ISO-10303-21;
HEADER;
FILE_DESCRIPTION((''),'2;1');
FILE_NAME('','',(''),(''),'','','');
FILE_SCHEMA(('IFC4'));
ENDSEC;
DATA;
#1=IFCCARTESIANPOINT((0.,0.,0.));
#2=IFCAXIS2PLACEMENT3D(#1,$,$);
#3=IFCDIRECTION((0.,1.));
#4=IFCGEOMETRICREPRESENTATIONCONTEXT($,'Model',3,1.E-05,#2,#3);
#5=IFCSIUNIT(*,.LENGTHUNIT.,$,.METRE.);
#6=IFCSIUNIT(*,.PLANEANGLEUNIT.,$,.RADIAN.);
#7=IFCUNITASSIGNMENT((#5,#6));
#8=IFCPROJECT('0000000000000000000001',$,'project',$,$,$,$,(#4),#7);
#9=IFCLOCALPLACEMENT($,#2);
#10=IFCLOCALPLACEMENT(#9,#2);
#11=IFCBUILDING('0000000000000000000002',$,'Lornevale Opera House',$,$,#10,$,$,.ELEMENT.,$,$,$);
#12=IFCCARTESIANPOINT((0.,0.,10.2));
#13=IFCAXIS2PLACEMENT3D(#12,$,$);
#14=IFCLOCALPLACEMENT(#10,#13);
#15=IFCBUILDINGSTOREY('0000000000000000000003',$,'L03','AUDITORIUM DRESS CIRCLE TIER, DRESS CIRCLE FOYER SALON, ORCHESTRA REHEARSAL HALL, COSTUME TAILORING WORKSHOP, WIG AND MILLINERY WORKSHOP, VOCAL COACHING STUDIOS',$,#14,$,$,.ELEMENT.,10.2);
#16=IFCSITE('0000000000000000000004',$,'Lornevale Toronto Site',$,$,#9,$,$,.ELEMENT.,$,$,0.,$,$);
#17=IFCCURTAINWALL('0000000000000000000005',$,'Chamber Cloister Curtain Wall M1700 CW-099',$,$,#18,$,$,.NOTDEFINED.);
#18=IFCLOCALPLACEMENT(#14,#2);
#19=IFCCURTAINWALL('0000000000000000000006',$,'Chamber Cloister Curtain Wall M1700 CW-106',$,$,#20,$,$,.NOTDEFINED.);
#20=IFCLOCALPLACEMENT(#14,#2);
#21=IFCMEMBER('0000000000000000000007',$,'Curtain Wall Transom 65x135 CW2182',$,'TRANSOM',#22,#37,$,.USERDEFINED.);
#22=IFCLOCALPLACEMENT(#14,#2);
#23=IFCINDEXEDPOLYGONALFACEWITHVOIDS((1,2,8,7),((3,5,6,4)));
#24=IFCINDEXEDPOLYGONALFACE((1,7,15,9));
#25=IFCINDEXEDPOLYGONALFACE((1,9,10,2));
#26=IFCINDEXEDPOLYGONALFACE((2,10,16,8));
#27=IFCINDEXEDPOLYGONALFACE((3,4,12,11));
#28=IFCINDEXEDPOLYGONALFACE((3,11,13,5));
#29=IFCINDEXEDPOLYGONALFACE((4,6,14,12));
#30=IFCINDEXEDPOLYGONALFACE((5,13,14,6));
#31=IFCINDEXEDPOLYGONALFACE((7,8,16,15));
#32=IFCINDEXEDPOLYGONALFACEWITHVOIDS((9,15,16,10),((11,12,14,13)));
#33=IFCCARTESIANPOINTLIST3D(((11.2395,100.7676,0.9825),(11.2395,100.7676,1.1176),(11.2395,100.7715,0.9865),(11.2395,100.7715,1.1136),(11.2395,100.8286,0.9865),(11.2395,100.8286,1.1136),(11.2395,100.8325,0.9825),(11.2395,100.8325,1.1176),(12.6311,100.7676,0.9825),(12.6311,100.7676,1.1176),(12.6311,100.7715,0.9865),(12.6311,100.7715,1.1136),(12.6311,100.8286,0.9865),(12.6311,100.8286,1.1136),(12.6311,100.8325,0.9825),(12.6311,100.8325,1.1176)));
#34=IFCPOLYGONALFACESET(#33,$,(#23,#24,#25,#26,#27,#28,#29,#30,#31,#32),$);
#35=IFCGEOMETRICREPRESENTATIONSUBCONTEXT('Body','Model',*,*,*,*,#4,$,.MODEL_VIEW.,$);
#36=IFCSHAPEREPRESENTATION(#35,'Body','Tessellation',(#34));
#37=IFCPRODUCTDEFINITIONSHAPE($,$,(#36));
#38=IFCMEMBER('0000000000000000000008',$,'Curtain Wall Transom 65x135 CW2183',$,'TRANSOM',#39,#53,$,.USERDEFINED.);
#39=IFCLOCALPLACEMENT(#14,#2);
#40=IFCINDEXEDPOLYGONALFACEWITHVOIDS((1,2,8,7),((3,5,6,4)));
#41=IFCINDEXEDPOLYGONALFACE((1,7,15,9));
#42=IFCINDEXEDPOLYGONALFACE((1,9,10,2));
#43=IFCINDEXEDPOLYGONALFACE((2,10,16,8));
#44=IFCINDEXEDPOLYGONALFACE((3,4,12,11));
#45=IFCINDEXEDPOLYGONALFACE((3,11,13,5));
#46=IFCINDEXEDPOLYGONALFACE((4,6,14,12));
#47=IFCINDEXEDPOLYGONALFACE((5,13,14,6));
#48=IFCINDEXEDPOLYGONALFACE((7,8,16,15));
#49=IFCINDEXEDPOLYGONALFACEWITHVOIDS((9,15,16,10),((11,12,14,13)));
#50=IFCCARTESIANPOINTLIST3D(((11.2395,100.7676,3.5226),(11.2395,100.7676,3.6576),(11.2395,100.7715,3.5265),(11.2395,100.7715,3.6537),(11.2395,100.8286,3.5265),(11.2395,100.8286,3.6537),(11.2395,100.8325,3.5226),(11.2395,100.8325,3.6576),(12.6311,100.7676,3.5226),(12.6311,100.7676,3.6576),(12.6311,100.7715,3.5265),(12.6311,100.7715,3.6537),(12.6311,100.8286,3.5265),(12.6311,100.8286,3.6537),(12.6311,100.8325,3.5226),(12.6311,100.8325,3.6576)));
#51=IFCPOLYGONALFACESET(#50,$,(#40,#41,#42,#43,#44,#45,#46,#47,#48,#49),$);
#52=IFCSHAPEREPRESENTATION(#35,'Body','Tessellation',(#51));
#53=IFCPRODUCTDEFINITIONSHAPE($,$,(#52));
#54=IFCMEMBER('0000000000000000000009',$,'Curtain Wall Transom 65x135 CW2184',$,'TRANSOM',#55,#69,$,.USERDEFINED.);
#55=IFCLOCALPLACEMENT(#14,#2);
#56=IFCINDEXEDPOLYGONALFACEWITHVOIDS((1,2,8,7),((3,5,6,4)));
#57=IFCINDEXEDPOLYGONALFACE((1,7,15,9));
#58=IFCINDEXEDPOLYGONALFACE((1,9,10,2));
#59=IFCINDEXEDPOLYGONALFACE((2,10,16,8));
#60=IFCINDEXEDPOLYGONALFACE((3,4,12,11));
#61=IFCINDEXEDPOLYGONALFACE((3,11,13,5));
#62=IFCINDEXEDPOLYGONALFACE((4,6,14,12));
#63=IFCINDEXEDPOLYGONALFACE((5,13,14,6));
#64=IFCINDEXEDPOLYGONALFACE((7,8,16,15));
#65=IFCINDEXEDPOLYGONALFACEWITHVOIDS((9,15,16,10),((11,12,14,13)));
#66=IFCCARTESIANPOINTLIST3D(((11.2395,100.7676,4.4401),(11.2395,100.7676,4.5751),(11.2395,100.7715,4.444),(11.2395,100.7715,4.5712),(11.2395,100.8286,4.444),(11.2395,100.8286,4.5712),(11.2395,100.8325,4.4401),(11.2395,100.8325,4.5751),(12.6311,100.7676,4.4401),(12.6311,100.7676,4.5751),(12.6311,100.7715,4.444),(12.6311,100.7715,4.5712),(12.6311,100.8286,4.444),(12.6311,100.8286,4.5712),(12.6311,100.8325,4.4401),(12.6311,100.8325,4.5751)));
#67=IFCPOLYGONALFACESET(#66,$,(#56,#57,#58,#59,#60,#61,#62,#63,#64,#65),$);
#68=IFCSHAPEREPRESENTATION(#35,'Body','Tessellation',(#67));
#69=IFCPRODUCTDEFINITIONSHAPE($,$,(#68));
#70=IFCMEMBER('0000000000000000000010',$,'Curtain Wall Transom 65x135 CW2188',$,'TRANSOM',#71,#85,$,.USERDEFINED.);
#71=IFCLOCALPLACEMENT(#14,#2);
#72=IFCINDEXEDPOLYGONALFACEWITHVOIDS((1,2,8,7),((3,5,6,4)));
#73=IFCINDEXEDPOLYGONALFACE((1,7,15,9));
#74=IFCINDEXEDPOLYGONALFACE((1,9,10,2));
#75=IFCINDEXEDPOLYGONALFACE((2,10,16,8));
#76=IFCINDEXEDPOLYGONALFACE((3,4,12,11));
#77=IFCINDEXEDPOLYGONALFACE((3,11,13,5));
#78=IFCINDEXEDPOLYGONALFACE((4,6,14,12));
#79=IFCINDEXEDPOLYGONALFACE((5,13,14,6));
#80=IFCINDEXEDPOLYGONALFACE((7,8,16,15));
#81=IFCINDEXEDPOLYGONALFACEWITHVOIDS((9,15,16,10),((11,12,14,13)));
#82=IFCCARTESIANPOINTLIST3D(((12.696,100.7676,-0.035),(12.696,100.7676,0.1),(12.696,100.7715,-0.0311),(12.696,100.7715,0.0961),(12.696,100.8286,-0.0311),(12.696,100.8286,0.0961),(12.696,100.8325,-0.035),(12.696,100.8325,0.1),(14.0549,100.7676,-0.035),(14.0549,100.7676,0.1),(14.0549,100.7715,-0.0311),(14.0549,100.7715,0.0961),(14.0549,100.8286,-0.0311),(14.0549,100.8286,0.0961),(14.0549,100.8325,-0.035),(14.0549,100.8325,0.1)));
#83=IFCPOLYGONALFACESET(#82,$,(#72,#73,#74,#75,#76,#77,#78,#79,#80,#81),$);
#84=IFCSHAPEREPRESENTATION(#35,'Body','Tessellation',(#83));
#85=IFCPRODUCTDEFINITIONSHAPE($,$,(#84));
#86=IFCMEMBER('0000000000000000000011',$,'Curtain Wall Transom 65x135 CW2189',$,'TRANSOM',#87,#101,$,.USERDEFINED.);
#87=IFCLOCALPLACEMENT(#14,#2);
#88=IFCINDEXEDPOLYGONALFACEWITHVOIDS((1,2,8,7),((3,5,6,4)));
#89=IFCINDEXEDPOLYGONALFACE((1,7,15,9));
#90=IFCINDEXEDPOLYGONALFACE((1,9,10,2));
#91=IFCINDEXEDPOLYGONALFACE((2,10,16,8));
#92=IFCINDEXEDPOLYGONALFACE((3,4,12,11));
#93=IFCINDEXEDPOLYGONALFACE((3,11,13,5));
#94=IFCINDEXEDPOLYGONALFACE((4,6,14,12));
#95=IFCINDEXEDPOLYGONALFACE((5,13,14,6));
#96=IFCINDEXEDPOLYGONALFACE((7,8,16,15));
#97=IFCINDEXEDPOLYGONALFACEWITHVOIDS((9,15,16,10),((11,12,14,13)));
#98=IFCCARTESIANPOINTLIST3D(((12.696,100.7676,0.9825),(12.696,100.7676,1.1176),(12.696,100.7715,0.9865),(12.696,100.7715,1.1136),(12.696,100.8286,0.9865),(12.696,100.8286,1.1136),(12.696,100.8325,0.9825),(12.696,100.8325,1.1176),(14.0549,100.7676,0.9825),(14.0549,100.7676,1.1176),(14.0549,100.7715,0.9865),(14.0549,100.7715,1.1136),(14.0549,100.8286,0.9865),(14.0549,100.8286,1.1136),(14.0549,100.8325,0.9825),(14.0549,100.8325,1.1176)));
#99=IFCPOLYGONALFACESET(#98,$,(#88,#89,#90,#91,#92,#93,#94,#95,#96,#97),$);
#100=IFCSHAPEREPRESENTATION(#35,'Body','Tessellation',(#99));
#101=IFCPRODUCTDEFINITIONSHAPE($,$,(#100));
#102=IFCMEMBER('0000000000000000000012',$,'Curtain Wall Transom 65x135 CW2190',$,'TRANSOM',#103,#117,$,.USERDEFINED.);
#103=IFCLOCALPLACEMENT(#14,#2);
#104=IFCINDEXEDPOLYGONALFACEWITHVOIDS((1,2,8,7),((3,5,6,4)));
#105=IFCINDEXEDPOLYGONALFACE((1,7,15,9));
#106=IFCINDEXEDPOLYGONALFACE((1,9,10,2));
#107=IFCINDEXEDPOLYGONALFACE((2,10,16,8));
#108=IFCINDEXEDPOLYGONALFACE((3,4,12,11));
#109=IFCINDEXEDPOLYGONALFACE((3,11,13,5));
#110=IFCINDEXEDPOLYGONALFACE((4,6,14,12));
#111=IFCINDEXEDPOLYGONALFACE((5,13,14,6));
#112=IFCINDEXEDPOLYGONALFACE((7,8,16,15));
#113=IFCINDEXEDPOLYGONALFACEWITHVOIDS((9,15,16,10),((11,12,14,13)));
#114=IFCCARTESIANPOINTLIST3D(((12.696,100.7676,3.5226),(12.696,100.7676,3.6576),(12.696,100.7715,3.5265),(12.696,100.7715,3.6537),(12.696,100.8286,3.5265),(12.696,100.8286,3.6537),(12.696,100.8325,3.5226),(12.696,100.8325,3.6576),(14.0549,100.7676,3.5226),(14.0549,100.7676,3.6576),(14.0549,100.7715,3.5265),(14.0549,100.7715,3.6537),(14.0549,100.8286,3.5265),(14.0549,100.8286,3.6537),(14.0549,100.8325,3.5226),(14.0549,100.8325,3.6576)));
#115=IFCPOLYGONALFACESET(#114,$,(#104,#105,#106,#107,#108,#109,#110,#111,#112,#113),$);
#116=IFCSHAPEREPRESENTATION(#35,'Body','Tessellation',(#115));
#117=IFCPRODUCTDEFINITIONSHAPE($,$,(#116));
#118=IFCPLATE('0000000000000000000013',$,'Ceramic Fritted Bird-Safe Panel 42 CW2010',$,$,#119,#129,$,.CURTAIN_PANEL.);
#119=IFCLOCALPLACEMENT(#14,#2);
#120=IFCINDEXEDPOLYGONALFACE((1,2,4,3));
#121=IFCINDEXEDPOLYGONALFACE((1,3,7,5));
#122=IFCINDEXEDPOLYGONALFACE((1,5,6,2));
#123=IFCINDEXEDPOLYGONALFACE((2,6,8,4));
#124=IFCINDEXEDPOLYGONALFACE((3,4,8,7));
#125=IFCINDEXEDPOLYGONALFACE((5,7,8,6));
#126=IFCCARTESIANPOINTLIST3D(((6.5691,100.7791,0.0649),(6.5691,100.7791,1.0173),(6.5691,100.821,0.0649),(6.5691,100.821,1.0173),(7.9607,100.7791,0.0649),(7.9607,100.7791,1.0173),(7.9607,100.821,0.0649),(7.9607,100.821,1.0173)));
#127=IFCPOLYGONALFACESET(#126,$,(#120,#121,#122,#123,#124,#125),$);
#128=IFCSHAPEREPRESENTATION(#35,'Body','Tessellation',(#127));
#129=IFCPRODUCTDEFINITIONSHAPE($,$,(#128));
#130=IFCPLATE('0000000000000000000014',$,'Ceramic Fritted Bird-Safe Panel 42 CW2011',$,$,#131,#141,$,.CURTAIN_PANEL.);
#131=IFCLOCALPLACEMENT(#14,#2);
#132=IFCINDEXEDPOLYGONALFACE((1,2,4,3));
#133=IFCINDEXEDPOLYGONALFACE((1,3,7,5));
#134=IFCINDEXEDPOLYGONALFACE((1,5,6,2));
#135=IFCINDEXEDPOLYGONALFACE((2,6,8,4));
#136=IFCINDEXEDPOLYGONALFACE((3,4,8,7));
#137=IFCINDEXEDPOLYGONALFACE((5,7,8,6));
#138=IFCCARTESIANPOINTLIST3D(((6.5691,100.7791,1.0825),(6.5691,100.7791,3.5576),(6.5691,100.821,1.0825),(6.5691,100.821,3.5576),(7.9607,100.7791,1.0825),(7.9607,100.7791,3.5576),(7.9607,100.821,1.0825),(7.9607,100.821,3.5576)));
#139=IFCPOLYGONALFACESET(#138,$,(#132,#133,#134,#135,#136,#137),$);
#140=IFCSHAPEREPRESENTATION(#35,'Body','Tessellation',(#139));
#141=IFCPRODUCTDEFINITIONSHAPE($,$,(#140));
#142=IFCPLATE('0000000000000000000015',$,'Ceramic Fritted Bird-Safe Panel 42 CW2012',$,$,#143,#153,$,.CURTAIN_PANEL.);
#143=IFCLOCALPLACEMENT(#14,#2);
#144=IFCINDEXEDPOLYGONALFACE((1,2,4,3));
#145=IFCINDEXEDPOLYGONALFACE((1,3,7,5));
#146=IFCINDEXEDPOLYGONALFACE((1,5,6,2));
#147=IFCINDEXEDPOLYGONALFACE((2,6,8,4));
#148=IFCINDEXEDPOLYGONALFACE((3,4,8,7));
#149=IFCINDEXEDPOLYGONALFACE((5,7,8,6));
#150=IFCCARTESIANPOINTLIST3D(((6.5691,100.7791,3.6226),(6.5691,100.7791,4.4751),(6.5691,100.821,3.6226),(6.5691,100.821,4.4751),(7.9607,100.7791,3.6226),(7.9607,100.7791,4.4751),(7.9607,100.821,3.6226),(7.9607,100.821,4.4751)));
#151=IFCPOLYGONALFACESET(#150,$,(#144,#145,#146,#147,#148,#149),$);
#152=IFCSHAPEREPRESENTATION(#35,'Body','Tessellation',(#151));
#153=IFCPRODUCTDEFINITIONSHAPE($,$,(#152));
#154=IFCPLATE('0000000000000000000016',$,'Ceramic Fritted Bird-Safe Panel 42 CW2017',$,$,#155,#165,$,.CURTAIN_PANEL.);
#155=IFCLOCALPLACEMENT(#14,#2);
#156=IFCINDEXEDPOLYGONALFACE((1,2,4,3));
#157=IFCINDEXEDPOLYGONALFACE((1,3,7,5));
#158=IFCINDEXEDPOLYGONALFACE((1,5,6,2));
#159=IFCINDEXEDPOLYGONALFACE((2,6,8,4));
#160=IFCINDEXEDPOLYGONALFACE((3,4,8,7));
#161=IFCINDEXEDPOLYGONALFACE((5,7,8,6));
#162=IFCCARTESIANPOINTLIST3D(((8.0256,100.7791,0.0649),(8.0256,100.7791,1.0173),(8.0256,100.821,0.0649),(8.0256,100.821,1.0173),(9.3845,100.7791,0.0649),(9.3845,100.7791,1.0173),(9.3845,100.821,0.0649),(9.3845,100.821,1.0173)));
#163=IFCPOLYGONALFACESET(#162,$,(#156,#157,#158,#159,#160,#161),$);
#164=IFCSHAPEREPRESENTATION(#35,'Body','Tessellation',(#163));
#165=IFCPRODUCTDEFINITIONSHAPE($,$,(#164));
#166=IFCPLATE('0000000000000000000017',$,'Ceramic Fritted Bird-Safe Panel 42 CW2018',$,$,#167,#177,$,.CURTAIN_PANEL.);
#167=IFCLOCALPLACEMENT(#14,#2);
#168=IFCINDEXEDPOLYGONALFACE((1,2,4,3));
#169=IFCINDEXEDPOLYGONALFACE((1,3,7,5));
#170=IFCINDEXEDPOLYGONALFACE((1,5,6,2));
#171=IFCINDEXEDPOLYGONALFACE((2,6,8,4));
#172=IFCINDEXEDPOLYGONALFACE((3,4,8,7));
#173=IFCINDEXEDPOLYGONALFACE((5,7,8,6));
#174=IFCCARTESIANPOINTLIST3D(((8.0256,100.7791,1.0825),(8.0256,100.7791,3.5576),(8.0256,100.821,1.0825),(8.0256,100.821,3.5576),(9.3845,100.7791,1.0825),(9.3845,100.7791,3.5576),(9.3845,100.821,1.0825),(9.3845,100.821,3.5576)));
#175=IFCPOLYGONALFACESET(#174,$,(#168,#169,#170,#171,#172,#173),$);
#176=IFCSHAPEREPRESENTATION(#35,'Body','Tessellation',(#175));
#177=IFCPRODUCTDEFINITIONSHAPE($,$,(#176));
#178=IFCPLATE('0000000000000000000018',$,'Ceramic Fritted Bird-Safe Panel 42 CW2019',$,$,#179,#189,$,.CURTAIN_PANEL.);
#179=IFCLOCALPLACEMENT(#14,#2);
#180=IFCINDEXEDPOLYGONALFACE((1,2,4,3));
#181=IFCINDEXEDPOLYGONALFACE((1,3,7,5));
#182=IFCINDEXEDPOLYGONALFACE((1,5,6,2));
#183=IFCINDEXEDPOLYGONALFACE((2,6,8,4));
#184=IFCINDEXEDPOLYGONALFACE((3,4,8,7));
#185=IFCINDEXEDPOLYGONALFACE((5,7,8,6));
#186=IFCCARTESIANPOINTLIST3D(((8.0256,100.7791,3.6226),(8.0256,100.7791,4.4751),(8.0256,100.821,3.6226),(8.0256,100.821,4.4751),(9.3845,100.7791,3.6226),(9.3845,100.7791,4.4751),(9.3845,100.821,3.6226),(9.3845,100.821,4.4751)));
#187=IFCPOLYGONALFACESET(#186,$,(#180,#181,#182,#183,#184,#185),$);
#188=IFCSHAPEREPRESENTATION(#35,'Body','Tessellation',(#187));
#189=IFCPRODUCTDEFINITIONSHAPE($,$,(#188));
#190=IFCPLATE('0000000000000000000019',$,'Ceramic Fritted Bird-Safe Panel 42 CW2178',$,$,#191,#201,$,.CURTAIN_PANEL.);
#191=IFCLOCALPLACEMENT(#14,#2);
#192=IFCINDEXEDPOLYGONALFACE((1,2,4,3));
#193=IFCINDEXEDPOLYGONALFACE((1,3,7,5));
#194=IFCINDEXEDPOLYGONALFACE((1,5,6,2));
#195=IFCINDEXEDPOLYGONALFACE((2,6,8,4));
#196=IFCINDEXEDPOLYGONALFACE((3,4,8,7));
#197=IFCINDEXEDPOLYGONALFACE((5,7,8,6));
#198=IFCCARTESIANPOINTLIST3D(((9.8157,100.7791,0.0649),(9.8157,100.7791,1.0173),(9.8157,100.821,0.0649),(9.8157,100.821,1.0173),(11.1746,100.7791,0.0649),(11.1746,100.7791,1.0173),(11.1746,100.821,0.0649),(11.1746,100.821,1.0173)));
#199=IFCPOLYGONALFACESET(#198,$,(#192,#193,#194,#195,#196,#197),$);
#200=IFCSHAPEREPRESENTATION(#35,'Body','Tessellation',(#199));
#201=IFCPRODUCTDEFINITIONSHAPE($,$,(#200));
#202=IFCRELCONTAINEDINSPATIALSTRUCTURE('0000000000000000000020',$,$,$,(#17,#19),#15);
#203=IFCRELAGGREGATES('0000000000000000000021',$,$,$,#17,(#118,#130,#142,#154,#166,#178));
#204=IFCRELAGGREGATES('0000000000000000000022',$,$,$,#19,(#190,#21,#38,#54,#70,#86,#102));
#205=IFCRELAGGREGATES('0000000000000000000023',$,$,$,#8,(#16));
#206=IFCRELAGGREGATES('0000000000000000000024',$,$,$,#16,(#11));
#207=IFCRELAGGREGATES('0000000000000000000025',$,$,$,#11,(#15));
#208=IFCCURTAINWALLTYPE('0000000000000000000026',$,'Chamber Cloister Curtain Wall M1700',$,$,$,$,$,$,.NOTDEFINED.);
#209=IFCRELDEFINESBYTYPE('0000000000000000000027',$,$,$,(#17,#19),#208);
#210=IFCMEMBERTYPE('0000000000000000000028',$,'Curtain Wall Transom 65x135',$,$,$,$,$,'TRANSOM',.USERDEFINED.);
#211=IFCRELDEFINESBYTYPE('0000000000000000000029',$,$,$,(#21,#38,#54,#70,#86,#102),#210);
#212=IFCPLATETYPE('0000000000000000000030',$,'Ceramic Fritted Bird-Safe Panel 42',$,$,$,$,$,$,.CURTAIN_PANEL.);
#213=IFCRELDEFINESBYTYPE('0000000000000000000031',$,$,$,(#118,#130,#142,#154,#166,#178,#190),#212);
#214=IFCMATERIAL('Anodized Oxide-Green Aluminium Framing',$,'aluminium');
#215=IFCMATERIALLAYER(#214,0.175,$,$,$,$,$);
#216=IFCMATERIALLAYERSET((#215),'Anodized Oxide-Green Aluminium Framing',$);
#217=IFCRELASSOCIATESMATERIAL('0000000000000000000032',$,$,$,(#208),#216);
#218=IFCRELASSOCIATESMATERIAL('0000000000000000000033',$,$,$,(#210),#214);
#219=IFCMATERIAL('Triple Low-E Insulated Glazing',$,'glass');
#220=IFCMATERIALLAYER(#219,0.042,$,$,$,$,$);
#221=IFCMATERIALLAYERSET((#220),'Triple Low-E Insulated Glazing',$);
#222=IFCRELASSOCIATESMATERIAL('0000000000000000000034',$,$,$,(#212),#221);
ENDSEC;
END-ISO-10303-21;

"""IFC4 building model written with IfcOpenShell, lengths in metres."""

from ifc_helpers import new_model, si_unit, direction, frame, origin, origin_2d, place, context, subcontext, project, spatial, rectangle, hollow_rectangle, extrude, material, layer, layer_set, material_profile, profile_set, type_object, element, aggregate, save


model = new_model("IFC4")

# Units and contexts
model_context = context("Model", 3, precision=1e-05, world=origin(), true_north=direction((0.0, 1.0)))
body_context = subcontext(model_context, "Body", "Model", "MODEL_VIEW")
ifc_project = project(units=[si_unit("LENGTHUNIT", "METRE"), si_unit("PLANEANGLEUNIT", "RADIAN")], contexts=[model_context])

# Site, building, storey
site_placement = place(None, origin())
site = spatial("IfcSite", under=ifc_project, at=site_placement, Name="Lornevale Toronto Site", CompositionType="ELEMENT", RefElevation=0.0)
building_placement = place(site_placement, origin())
building = spatial("IfcBuilding", under=site, at=building_placement, Name="Lornevale Opera House", CompositionType="ELEMENT")
storey_placement = place(building_placement, frame((0.0, 0.0, 10.2)))
storey = spatial("IfcBuildingStorey", under=building, at=storey_placement, Name="L03", Description="AUDITORIUM DRESS CIRCLE TIER, DRESS CIRCLE FOYER SALON, ORCHESTRA REHEARSAL HALL, COSTUME TAILORING WORKSHOP, WIG AND MILLINERY WORKSHOP, VOCAL COACHING STUDIOS", CompositionType="ELEMENT", Elevation=10.2)

# Curtain walls
ifc_material_1 = material(Name="Anodized Oxide-Green Aluminium Framing", Category="aluminium")
ifc_layer_1 = layer(ifc_material_1, 0.175)
ifc_layer_set_1 = layer_set([ifc_layer_1], Name="Anodized Oxide-Green Aluminium Framing")
curtain_wall_type = type_object("IfcCurtainWallType", Name="Chamber Cloister Curtain Wall M1700", PredefinedType="NOTDEFINED", material=ifc_layer_set_1)
curtain_wall_1_placement = place(storey_placement, origin())
curtain_wall_1 = element("IfcCurtainWall", 1, at=curtain_wall_1_placement, inside=storey, type_object=curtain_wall_type, Name="Chamber Cloister Curtain Wall M1700 CW-099", PredefinedType="NOTDEFINED")
curtain_wall_2_placement = place(storey_placement, origin())
curtain_wall_2 = element("IfcCurtainWall", 2, at=curtain_wall_2_placement, inside=storey, type_object=curtain_wall_type, Name="Chamber Cloister Curtain Wall M1700 CW-106", PredefinedType="NOTDEFINED")

# Members
ifc_material_profile_1 = material_profile(ifc_material_1, hollow_rectangle(XDim=0.0649, YDim=0.135, WallThickness=0.0039, at=origin_2d()), Name="ALU65x135x4")
ifc_profile_set_1 = profile_set([ifc_material_profile_1], Name="Anodized Oxide-Green Aluminium Framing")
member_type_1 = type_object("IfcMemberType", Name="Curtain Wall Transom 65x135", ElementType="TRANSOM", PredefinedType="USERDEFINED", material=ifc_profile_set_1)
member_1_placement = place(storey_placement, frame((11.2395, 100.8, 1.05), z_axis=(1.0, 0.0, 0.0), x_axis=(0.0, 1.0, 0.0)))
member_1 = element("IfcMember", 3, at=member_1_placement, type_object=member_type_1, Name="Curtain Wall Transom 65x135 CW2182", ObjectType="TRANSOM", PredefinedType="USERDEFINED", context=body_context, shape_type="SweptSolid", body=[
    extrude(hollow_rectangle(XDim=0.0649, YDim=0.135, WallThickness=0.0039, at=origin_2d()), origin(), (0.0, 0.0, 1.0), 1.3916),
])
member_2_placement = place(storey_placement, frame((11.2395, 100.8, 3.5901), z_axis=(1.0, 0.0, 0.0), x_axis=(0.0, 1.0, 0.0)))
member_2 = element("IfcMember", 4, at=member_2_placement, type_object=member_type_1, Name="Curtain Wall Transom 65x135 CW2183", ObjectType="TRANSOM", PredefinedType="USERDEFINED", context=body_context, shape_type="SweptSolid", body=[
    extrude(hollow_rectangle(XDim=0.0649, YDim=0.135, WallThickness=0.0039, at=origin_2d()), origin(), (0.0, 0.0, 1.0), 1.3916),
])
member_3_placement = place(storey_placement, frame((11.2395, 100.8, 4.5076), z_axis=(1.0, 0.0, 0.0), x_axis=(0.0, 1.0, 0.0)))
member_3 = element("IfcMember", 5, at=member_3_placement, type_object=member_type_1, Name="Curtain Wall Transom 65x135 CW2184", ObjectType="TRANSOM", PredefinedType="USERDEFINED", context=body_context, shape_type="SweptSolid", body=[
    extrude(hollow_rectangle(XDim=0.0649, YDim=0.135, WallThickness=0.0039, at=origin_2d()), origin(), (0.0, 0.0, 1.0), 1.3916),
])
member_4_placement = place(storey_placement, frame((12.696, 100.8, 0.0325), z_axis=(1.0, 0.0, 0.0), x_axis=(0.0, 1.0, 0.0)))
member_4 = element("IfcMember", 6, at=member_4_placement, type_object=member_type_1, Name="Curtain Wall Transom 65x135 CW2188", ObjectType="TRANSOM", PredefinedType="USERDEFINED", context=body_context, shape_type="SweptSolid", body=[
    extrude(hollow_rectangle(XDim=0.0649, YDim=0.135, WallThickness=0.0039, at=origin_2d()), origin(), (0.0, 0.0, 1.0), 1.3589),
])
member_5_placement = place(storey_placement, frame((12.696, 100.8, 1.05), z_axis=(1.0, 0.0, 0.0), x_axis=(0.0, 1.0, 0.0)))
member_5 = element("IfcMember", 7, at=member_5_placement, type_object=member_type_1, Name="Curtain Wall Transom 65x135 CW2189", ObjectType="TRANSOM", PredefinedType="USERDEFINED", context=body_context, shape_type="SweptSolid", body=[
    extrude(hollow_rectangle(XDim=0.0649, YDim=0.135, WallThickness=0.0039, at=origin_2d()), origin(), (0.0, 0.0, 1.0), 1.3589),
])
member_6_placement = place(storey_placement, frame((12.696, 100.8, 3.5901), z_axis=(1.0, 0.0, 0.0), x_axis=(0.0, 1.0, 0.0)))
member_6 = element("IfcMember", 8, at=member_6_placement, type_object=member_type_1, Name="Curtain Wall Transom 65x135 CW2190", ObjectType="TRANSOM", PredefinedType="USERDEFINED", context=body_context, shape_type="SweptSolid", body=[
    extrude(hollow_rectangle(XDim=0.0649, YDim=0.135, WallThickness=0.0039, at=origin_2d()), origin(), (0.0, 0.0, 1.0), 1.3589),
])

# Plates
ifc_material_2 = material(Name="Triple Low-E Insulated Glazing", Category="glass")
ifc_layer_2 = layer(ifc_material_2, 0.042)
ifc_layer_set_2 = layer_set([ifc_layer_2], Name="Triple Low-E Insulated Glazing")
plate_type = type_object("IfcPlateType", Name="Ceramic Fritted Bird-Safe Panel 42", PredefinedType="CURTAIN_PANEL", material=ifc_layer_set_2)
plate_1_placement = place(storey_placement, frame((7.2649, 100.8, 0.0649), z_axis=(0.0, 0.0, 1.0), x_axis=(1.0, 0.0, 0.0)))
plate_1 = element("IfcPlate", 9, at=plate_1_placement, type_object=plate_type, Name="Ceramic Fritted Bird-Safe Panel 42 CW2010", PredefinedType="CURTAIN_PANEL", context=body_context, shape_type="SweptSolid", body=[
    extrude(rectangle(XDim=1.3916, YDim=0.042, at=origin_2d()), origin(), (0.0, 0.0, 1.0), 0.9524),
])
plate_2_placement = place(storey_placement, frame((7.2649, 100.8, 1.0825), z_axis=(0.0, 0.0, 1.0), x_axis=(1.0, 0.0, 0.0)))
plate_2 = element("IfcPlate", 10, at=plate_2_placement, type_object=plate_type, Name="Ceramic Fritted Bird-Safe Panel 42 CW2011", PredefinedType="CURTAIN_PANEL", context=body_context, shape_type="SweptSolid", body=[
    extrude(rectangle(XDim=1.3916, YDim=0.042, at=origin_2d()), origin(), (0.0, 0.0, 1.0), 2.4751),
])
plate_3_placement = place(storey_placement, frame((7.2649, 100.8, 3.6226), z_axis=(0.0, 0.0, 1.0), x_axis=(1.0, 0.0, 0.0)))
plate_3 = element("IfcPlate", 11, at=plate_3_placement, type_object=plate_type, Name="Ceramic Fritted Bird-Safe Panel 42 CW2012", PredefinedType="CURTAIN_PANEL", context=body_context, shape_type="SweptSolid", body=[
    extrude(rectangle(XDim=1.3916, YDim=0.042, at=origin_2d()), origin(), (0.0, 0.0, 1.0), 0.8525),
])
plate_4_placement = place(storey_placement, frame((8.7051, 100.8, 0.0649), z_axis=(0.0, 0.0, 1.0), x_axis=(1.0, 0.0, 0.0)))
plate_4 = element("IfcPlate", 12, at=plate_4_placement, type_object=plate_type, Name="Ceramic Fritted Bird-Safe Panel 42 CW2017", PredefinedType="CURTAIN_PANEL", context=body_context, shape_type="SweptSolid", body=[
    extrude(rectangle(XDim=1.3589, YDim=0.042, at=origin_2d()), origin(), (0.0, 0.0, 1.0), 0.9524),
])
plate_5_placement = place(storey_placement, frame((8.7051, 100.8, 1.0825), z_axis=(0.0, 0.0, 1.0), x_axis=(1.0, 0.0, 0.0)))
plate_5 = element("IfcPlate", 13, at=plate_5_placement, type_object=plate_type, Name="Ceramic Fritted Bird-Safe Panel 42 CW2018", PredefinedType="CURTAIN_PANEL", context=body_context, shape_type="SweptSolid", body=[
    extrude(rectangle(XDim=1.3589, YDim=0.042, at=origin_2d()), origin(), (0.0, 0.0, 1.0), 2.4751),
])
plate_6_placement = place(storey_placement, frame((8.7051, 100.8, 3.6226), z_axis=(0.0, 0.0, 1.0), x_axis=(1.0, 0.0, 0.0)))
plate_6 = element("IfcPlate", 14, at=plate_6_placement, type_object=plate_type, Name="Ceramic Fritted Bird-Safe Panel 42 CW2019", PredefinedType="CURTAIN_PANEL", context=body_context, shape_type="SweptSolid", body=[
    extrude(rectangle(XDim=1.3589, YDim=0.042, at=origin_2d()), origin(), (0.0, 0.0, 1.0), 0.8525),
])
aggregate(curtain_wall_1, [plate_1, plate_2, plate_3, plate_4, plate_5, plate_6])
plate_7_placement = place(storey_placement, frame((10.4951, 100.8, 0.0649), z_axis=(0.0, 0.0, 1.0), x_axis=(1.0, 0.0, 0.0)))
plate_7 = element("IfcPlate", 15, at=plate_7_placement, type_object=plate_type, Name="Ceramic Fritted Bird-Safe Panel 42 CW2178", PredefinedType="CURTAIN_PANEL", context=body_context, shape_type="SweptSolid", body=[
    extrude(rectangle(XDim=1.3589, YDim=0.042, at=origin_2d()), origin(), (0.0, 0.0, 1.0), 0.9524),
])
aggregate(curtain_wall_2, [plate_7, member_1, member_2, member_3, member_4, member_5, member_6])

save(model, "model.ifc")
